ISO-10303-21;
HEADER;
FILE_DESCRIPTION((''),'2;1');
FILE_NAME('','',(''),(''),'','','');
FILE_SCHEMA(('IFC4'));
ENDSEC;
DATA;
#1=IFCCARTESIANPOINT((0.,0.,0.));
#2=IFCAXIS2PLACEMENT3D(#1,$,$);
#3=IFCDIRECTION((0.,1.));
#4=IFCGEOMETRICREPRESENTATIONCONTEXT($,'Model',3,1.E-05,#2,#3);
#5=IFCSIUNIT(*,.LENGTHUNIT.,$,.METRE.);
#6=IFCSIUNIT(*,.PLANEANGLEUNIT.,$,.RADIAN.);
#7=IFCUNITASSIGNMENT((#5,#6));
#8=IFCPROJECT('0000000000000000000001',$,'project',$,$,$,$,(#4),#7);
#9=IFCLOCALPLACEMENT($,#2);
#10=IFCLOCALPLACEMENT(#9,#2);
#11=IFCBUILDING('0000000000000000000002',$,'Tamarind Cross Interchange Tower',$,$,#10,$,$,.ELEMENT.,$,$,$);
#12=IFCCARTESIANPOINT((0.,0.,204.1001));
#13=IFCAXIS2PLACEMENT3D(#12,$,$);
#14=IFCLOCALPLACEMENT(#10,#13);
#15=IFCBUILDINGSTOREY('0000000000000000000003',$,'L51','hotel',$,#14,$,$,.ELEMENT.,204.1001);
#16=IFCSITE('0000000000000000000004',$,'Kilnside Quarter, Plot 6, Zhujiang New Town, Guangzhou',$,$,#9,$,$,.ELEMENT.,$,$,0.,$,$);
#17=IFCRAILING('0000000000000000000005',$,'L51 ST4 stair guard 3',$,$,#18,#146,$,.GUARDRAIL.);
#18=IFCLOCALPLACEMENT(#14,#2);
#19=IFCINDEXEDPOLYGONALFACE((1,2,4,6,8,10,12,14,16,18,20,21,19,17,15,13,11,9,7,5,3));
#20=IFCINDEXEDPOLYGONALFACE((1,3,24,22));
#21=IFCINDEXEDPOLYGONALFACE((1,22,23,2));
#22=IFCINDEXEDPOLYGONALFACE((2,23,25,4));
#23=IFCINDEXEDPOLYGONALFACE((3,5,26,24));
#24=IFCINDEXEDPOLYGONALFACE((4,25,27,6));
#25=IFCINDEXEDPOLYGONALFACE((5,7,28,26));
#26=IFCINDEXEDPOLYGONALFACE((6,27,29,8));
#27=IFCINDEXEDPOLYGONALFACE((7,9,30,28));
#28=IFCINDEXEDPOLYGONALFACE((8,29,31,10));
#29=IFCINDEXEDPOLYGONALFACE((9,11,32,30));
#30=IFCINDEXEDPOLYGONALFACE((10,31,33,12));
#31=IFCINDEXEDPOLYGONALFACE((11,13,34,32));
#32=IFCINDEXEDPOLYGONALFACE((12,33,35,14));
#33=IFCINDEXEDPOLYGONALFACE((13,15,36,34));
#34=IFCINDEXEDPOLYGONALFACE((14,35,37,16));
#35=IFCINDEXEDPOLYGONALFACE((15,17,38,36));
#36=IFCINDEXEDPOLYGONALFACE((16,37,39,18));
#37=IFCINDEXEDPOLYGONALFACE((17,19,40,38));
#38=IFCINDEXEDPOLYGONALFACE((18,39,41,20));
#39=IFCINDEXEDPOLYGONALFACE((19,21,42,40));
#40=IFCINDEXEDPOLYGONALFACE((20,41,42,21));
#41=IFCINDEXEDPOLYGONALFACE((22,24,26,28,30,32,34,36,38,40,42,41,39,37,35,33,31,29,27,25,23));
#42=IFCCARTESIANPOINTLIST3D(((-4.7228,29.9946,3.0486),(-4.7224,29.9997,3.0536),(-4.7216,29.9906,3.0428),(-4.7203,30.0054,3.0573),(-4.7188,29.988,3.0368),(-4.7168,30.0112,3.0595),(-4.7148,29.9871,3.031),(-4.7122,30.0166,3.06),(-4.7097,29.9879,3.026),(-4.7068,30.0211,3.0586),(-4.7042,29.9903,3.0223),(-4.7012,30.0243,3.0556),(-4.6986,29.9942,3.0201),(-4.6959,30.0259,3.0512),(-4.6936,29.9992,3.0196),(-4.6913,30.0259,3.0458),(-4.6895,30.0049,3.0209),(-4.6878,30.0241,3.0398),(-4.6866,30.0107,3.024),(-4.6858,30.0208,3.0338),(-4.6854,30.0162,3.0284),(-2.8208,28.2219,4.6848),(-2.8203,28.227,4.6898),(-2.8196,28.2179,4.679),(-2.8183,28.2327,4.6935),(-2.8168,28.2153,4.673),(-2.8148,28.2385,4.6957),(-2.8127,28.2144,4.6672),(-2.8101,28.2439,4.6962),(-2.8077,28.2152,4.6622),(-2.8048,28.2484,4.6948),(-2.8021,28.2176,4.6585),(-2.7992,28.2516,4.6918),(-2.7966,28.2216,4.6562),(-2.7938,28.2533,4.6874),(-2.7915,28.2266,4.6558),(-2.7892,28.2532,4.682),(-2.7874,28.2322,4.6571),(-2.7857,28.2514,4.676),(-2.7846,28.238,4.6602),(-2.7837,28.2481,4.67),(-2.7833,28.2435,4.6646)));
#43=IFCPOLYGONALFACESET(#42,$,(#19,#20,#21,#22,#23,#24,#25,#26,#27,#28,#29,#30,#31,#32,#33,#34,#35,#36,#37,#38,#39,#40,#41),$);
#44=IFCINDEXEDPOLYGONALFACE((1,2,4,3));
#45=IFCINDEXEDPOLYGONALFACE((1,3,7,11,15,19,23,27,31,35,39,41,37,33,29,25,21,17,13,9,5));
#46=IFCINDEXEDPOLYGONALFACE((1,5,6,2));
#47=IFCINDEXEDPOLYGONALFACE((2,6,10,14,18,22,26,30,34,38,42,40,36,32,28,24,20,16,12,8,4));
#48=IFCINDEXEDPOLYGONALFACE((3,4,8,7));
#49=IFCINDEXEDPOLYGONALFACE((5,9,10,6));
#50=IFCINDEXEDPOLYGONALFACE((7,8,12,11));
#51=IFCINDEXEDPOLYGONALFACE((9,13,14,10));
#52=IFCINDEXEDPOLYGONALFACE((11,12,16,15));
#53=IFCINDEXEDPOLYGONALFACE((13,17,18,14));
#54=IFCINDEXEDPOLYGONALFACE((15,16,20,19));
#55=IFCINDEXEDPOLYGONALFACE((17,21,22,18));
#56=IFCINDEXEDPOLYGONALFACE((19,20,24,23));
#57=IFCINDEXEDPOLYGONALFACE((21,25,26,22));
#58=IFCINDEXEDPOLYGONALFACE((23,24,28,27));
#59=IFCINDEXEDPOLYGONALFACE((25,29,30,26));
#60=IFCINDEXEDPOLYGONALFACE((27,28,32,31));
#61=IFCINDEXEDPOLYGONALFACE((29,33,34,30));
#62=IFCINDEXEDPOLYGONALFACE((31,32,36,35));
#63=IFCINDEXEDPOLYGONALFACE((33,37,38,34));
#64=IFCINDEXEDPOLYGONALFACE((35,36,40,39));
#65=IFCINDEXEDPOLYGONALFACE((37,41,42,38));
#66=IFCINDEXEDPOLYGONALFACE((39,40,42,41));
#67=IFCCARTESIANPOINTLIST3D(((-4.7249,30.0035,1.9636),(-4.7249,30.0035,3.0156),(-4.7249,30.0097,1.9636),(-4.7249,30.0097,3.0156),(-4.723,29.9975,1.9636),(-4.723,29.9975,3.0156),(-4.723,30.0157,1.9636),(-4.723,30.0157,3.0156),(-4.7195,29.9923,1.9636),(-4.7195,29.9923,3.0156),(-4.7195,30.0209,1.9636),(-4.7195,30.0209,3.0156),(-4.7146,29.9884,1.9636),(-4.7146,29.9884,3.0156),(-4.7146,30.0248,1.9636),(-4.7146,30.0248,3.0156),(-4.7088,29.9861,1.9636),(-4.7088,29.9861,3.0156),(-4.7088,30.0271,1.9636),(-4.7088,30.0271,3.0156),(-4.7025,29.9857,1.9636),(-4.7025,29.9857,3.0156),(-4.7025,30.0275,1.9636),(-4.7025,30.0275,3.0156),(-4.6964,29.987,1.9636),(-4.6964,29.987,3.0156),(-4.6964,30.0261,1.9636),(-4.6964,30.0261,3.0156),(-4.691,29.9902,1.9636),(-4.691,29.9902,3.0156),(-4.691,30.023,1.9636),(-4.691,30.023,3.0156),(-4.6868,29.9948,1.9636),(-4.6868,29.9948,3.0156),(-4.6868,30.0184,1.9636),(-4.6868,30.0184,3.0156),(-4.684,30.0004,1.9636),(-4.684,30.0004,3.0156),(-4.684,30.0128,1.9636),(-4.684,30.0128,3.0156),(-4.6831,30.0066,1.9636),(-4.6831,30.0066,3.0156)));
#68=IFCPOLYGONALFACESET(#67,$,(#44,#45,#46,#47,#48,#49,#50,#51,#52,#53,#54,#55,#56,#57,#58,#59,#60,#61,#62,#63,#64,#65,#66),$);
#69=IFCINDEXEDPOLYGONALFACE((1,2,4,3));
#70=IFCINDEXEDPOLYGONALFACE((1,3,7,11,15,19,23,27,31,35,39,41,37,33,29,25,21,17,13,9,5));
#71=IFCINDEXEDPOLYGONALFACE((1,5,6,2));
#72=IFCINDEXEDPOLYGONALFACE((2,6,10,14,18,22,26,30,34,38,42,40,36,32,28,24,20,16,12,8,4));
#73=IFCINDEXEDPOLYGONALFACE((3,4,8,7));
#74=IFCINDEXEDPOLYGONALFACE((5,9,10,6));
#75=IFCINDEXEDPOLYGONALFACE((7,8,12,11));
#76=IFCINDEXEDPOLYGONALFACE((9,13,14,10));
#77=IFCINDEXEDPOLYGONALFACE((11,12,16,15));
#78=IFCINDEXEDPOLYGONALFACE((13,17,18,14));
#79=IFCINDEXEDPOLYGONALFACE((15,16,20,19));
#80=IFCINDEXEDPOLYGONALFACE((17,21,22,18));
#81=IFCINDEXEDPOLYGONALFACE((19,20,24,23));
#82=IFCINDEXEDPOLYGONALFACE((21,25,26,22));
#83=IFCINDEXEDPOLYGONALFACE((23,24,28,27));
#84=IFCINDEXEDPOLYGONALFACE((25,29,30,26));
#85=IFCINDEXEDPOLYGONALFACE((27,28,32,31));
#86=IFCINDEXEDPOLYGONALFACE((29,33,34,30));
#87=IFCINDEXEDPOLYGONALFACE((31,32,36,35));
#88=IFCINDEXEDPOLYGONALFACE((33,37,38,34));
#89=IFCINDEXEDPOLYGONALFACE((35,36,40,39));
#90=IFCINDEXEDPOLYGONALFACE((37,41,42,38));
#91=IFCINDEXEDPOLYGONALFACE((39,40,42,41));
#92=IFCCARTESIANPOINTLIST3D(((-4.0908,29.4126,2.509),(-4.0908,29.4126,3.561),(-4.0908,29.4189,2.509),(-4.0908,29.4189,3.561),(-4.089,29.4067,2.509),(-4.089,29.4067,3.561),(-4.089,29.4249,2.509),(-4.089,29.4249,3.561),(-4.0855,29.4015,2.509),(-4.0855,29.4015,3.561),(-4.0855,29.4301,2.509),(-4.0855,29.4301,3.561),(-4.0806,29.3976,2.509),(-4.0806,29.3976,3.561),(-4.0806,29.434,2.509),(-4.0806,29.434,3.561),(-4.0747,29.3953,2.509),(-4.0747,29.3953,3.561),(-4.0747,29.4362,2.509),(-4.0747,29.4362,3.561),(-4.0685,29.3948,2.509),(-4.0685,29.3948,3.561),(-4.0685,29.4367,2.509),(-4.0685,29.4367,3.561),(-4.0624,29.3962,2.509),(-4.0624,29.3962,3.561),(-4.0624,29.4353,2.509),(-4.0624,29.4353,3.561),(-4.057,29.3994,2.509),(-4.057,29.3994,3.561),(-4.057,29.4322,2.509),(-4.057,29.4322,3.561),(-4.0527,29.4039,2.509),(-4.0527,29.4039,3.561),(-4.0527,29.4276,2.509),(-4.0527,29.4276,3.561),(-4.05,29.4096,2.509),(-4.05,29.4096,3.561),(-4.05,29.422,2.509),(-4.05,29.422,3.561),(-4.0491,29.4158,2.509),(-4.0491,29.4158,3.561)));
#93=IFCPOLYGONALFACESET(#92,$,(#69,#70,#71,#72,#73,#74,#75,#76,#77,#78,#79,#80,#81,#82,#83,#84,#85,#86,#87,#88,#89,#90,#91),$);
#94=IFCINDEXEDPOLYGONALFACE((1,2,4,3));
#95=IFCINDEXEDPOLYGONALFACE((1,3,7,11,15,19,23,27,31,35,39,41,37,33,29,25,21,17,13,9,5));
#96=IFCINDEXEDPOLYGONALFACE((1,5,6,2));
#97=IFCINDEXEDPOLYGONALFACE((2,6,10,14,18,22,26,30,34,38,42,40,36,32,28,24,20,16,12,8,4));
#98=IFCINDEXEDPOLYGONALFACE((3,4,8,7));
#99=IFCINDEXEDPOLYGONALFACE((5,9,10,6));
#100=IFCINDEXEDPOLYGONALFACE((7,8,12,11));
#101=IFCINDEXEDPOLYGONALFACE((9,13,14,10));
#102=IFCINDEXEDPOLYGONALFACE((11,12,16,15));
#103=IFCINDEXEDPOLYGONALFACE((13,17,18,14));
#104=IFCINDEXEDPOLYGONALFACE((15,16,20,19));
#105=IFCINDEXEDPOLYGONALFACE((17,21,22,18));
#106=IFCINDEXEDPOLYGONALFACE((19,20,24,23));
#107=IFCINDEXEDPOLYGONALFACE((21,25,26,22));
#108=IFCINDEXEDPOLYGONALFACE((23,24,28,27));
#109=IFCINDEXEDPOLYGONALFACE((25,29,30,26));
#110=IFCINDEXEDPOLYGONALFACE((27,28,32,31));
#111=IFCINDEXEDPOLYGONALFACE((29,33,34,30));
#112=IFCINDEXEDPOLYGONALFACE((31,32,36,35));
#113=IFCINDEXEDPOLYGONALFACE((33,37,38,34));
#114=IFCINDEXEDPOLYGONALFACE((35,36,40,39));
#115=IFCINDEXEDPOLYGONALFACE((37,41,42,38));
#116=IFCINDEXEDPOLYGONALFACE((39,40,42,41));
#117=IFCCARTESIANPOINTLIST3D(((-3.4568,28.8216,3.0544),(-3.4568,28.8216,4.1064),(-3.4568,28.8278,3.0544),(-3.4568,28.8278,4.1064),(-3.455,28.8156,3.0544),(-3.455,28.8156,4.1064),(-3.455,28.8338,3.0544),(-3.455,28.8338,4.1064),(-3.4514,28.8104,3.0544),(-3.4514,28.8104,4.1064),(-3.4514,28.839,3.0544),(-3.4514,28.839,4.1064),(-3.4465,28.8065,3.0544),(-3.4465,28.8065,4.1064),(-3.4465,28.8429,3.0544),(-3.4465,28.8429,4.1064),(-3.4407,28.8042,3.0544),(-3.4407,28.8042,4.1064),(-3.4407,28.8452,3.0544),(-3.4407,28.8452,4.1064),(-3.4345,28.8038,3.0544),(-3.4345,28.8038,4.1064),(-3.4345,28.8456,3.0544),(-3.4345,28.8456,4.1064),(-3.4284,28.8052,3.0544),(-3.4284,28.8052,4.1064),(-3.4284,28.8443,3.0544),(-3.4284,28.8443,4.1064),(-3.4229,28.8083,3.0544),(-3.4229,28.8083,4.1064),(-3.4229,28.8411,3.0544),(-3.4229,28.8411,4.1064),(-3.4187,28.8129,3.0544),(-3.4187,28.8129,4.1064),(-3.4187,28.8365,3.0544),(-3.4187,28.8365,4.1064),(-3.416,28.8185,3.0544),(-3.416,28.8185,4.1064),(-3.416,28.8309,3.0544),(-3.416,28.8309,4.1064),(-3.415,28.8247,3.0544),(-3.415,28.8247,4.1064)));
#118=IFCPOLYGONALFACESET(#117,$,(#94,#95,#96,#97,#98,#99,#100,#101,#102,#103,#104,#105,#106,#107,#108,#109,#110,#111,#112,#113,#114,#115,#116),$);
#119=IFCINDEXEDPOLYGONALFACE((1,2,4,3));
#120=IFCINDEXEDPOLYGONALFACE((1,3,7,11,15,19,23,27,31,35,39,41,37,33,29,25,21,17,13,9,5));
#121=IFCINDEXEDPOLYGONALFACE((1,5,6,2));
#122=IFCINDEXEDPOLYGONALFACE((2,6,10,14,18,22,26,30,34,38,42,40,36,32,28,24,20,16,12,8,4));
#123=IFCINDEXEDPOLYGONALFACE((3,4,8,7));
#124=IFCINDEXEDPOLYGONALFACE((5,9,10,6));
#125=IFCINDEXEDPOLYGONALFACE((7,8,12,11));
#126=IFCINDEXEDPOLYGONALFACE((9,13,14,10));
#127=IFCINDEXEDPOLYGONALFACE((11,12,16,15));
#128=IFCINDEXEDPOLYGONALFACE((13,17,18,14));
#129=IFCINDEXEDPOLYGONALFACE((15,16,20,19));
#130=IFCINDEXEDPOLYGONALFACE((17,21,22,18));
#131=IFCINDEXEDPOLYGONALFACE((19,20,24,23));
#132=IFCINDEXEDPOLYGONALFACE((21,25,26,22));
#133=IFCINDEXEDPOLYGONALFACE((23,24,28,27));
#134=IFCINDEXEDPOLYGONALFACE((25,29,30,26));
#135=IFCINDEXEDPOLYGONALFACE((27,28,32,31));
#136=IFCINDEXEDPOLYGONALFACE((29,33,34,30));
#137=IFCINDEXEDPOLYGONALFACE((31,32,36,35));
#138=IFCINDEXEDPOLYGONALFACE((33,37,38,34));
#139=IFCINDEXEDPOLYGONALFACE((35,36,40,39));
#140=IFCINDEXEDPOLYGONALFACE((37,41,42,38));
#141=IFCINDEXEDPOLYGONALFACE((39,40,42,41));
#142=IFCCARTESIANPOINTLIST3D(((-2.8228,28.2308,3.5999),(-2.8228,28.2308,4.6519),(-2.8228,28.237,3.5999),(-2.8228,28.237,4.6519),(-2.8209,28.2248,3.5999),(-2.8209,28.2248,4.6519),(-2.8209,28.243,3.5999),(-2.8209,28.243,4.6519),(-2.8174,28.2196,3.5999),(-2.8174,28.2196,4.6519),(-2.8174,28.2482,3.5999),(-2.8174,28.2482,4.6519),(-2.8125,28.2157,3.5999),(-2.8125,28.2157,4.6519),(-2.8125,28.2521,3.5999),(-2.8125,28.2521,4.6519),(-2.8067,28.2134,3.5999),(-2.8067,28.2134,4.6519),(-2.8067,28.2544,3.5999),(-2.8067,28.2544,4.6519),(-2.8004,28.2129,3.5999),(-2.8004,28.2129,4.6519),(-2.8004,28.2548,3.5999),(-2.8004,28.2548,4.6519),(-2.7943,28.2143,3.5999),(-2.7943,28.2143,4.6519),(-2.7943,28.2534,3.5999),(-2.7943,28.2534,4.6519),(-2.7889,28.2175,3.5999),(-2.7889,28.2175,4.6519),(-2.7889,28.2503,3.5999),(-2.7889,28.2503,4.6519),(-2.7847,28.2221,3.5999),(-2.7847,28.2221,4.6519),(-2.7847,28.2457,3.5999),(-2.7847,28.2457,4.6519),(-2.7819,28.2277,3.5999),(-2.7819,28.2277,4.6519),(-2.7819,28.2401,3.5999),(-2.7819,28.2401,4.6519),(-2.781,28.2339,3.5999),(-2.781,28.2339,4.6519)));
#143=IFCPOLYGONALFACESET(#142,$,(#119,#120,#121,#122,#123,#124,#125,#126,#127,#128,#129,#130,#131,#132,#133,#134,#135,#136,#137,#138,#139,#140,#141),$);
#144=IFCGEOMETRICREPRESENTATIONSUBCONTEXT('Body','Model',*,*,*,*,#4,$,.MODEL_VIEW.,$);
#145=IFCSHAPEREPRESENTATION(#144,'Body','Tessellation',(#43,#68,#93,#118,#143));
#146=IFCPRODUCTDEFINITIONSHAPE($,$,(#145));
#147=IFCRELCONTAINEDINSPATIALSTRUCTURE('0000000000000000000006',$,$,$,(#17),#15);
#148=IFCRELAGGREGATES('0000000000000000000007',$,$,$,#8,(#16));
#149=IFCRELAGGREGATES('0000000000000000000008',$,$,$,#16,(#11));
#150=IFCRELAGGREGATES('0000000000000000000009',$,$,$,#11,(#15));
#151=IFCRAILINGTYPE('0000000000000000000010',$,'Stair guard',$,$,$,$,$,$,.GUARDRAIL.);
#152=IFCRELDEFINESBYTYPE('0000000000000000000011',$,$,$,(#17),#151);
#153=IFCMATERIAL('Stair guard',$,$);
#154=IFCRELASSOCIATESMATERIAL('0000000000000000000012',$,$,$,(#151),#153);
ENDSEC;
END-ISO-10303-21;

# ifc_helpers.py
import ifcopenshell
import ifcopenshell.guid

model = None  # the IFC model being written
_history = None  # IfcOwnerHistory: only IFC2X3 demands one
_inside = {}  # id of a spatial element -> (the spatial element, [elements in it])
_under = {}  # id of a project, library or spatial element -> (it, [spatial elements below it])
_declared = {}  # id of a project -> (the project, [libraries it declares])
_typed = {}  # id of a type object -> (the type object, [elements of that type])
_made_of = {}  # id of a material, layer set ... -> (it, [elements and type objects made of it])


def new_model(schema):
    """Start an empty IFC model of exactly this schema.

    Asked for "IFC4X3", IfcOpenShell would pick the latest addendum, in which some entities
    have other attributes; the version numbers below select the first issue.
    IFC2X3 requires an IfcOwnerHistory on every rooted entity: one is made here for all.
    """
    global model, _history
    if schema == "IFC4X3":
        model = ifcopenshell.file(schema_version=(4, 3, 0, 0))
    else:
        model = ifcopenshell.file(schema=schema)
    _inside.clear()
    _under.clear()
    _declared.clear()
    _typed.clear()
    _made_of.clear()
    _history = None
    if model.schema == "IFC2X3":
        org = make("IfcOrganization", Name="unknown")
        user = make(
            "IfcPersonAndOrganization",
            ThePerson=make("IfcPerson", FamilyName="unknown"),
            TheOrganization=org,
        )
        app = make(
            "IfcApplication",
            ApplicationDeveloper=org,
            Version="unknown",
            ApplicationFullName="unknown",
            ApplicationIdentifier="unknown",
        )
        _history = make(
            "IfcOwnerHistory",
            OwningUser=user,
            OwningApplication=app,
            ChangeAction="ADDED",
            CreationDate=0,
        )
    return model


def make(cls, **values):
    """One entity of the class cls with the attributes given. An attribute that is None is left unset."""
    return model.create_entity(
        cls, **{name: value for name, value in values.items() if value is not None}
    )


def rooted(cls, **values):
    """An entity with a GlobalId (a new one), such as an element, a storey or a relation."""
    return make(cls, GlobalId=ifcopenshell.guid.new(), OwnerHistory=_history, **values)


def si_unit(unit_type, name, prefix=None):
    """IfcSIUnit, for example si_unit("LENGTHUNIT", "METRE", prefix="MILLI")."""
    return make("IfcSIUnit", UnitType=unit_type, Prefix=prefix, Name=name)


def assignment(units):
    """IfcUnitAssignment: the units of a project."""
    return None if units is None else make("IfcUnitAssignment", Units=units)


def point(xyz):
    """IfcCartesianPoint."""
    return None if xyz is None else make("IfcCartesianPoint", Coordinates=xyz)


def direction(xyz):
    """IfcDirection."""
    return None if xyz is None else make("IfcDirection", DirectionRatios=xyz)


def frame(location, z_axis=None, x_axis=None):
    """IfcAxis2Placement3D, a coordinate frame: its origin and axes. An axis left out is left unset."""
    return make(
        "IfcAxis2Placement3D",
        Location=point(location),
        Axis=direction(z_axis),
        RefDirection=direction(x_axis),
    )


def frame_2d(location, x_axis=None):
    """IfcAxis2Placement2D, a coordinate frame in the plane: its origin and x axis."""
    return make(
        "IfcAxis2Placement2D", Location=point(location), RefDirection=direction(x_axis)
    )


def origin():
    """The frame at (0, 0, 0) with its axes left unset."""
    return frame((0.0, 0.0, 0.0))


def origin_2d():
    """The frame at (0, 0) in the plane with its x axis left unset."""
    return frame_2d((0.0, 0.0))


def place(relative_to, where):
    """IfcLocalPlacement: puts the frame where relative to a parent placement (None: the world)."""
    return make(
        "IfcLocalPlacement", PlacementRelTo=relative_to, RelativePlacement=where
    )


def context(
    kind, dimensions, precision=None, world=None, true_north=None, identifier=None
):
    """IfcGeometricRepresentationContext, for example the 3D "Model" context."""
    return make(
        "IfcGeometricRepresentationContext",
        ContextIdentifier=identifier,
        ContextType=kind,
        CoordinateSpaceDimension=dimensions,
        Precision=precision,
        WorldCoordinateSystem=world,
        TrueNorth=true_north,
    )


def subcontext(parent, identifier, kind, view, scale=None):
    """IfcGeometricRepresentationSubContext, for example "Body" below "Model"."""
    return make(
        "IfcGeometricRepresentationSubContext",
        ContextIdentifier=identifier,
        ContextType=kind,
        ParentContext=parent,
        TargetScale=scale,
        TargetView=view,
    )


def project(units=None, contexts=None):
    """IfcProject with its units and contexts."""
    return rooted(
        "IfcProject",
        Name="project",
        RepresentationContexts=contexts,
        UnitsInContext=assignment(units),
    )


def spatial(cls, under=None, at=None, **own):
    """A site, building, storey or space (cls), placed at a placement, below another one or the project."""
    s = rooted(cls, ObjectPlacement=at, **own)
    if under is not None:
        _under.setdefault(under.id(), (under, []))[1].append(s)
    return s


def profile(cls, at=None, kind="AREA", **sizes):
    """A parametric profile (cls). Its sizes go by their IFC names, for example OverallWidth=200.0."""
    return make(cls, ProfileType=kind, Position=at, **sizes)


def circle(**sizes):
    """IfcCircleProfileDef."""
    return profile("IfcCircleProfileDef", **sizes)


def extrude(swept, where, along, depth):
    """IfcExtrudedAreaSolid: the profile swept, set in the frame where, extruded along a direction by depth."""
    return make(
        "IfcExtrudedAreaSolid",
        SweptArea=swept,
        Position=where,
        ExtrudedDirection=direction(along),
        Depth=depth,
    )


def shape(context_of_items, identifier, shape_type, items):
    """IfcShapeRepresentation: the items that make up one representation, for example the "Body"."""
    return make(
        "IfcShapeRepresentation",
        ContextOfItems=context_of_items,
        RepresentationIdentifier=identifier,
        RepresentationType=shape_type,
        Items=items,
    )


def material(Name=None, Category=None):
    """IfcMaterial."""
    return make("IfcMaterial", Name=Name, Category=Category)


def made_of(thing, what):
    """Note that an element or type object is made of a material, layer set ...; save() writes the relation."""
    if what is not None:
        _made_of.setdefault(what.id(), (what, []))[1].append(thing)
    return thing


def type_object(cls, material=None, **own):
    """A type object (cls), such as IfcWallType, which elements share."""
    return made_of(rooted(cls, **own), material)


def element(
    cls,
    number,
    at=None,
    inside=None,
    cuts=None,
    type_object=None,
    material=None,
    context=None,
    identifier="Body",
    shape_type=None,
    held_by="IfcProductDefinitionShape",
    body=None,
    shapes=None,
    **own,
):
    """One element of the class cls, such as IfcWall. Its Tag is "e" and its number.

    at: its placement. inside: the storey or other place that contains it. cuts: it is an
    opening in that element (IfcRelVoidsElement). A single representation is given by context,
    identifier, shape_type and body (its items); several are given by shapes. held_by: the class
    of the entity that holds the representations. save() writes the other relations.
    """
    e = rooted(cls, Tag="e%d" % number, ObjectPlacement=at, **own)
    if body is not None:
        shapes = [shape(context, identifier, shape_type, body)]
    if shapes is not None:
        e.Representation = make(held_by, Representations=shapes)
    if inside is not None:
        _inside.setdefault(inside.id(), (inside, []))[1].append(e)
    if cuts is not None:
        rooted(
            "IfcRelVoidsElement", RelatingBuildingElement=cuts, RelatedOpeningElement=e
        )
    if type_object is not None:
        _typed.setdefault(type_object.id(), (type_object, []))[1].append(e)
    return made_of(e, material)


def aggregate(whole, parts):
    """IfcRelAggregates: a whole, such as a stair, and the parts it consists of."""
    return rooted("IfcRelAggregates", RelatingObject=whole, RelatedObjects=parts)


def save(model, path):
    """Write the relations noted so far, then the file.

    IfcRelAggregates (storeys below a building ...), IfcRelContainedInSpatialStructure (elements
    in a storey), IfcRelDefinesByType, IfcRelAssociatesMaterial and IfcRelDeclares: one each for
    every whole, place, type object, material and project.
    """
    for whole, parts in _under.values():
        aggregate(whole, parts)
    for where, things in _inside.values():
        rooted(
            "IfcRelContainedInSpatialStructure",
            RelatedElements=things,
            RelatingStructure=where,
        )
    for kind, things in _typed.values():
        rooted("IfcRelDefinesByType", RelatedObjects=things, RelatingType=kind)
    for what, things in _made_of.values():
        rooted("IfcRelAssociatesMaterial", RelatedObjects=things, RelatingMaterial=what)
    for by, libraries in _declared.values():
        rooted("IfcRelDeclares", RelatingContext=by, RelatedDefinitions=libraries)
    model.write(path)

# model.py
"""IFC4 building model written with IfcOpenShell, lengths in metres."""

from ifc_helpers import new_model, si_unit, direction, frame, origin, origin_2d, place, context, subcontext, project, spatial, circle, extrude, material, type_object, element, save


model = new_model("IFC4")

# Units and contexts
model_context = context("Model", 3, precision=1e-05, world=origin(), true_north=direction((0.0, 1.0)))
body_context = subcontext(model_context, "Body", "Model", "MODEL_VIEW")
ifc_project = project(units=[si_unit("LENGTHUNIT", "METRE"), si_unit("PLANEANGLEUNIT", "RADIAN")], contexts=[model_context])

# Site, building, storey
site_placement = place(None, origin())
site = spatial("IfcSite", under=ifc_project, at=site_placement, Name="Kilnside Quarter, Plot 6, Zhujiang New Town, Guangzhou", CompositionType="ELEMENT", RefElevation=0.0)
building_placement = place(site_placement, origin())
building = spatial("IfcBuilding", under=site, at=building_placement, Name="Tamarind Cross Interchange Tower", CompositionType="ELEMENT")
storey_placement = place(building_placement, frame((0.0, 0.0, 204.1001)))
storey = spatial("IfcBuildingStorey", under=building, at=storey_placement, Name="L51", Description="hotel", CompositionType="ELEMENT", Elevation=204.1001)

# Railing
ifc_material_1 = material(Name="Stair guard")
railing_type_1 = type_object("IfcRailingType", Name="Stair guard", PredefinedType="GUARDRAIL", material=ifc_material_1)
railing_1_placement = place(storey_placement, frame((-4.7041, 30.0066, 1.9636)))
element("IfcRailing", 1, at=railing_1_placement, inside=storey, type_object=railing_type_1, Name="L51 ST4 stair guard 3", PredefinedType="GUARDRAIL", context=body_context, shape_type="SweptSolid", body=[
    extrude(circle(Radius=0.0239, at=origin_2d()), frame((0.0, 0.0, 1.0762), z_axis=(0.619156, -0.577036, 0.532612), x_axis=(0.681786, 0.731552, 0.0)), (0.0, 0.0, 1.0), 3.072),
    extrude(circle(Radius=0.021, at=origin_2d()), origin(), (0.0, 0.0, 1.0), 1.052),
    extrude(circle(Radius=0.021, at=origin_2d()), frame((0.634, -0.5908, 0.5454)), (0.0, 0.0, 1.0), 1.052),
    extrude(circle(Radius=0.021, at=origin_2d()), frame((1.2681, -1.1819, 1.0908)), (0.0, 0.0, 1.0), 1.052),
    extrude(circle(Radius=0.021, at=origin_2d()), frame((1.9021, -1.7727, 1.6362)), (0.0, 0.0, 1.0), 1.052),
])

save(model, "model.ifc")
